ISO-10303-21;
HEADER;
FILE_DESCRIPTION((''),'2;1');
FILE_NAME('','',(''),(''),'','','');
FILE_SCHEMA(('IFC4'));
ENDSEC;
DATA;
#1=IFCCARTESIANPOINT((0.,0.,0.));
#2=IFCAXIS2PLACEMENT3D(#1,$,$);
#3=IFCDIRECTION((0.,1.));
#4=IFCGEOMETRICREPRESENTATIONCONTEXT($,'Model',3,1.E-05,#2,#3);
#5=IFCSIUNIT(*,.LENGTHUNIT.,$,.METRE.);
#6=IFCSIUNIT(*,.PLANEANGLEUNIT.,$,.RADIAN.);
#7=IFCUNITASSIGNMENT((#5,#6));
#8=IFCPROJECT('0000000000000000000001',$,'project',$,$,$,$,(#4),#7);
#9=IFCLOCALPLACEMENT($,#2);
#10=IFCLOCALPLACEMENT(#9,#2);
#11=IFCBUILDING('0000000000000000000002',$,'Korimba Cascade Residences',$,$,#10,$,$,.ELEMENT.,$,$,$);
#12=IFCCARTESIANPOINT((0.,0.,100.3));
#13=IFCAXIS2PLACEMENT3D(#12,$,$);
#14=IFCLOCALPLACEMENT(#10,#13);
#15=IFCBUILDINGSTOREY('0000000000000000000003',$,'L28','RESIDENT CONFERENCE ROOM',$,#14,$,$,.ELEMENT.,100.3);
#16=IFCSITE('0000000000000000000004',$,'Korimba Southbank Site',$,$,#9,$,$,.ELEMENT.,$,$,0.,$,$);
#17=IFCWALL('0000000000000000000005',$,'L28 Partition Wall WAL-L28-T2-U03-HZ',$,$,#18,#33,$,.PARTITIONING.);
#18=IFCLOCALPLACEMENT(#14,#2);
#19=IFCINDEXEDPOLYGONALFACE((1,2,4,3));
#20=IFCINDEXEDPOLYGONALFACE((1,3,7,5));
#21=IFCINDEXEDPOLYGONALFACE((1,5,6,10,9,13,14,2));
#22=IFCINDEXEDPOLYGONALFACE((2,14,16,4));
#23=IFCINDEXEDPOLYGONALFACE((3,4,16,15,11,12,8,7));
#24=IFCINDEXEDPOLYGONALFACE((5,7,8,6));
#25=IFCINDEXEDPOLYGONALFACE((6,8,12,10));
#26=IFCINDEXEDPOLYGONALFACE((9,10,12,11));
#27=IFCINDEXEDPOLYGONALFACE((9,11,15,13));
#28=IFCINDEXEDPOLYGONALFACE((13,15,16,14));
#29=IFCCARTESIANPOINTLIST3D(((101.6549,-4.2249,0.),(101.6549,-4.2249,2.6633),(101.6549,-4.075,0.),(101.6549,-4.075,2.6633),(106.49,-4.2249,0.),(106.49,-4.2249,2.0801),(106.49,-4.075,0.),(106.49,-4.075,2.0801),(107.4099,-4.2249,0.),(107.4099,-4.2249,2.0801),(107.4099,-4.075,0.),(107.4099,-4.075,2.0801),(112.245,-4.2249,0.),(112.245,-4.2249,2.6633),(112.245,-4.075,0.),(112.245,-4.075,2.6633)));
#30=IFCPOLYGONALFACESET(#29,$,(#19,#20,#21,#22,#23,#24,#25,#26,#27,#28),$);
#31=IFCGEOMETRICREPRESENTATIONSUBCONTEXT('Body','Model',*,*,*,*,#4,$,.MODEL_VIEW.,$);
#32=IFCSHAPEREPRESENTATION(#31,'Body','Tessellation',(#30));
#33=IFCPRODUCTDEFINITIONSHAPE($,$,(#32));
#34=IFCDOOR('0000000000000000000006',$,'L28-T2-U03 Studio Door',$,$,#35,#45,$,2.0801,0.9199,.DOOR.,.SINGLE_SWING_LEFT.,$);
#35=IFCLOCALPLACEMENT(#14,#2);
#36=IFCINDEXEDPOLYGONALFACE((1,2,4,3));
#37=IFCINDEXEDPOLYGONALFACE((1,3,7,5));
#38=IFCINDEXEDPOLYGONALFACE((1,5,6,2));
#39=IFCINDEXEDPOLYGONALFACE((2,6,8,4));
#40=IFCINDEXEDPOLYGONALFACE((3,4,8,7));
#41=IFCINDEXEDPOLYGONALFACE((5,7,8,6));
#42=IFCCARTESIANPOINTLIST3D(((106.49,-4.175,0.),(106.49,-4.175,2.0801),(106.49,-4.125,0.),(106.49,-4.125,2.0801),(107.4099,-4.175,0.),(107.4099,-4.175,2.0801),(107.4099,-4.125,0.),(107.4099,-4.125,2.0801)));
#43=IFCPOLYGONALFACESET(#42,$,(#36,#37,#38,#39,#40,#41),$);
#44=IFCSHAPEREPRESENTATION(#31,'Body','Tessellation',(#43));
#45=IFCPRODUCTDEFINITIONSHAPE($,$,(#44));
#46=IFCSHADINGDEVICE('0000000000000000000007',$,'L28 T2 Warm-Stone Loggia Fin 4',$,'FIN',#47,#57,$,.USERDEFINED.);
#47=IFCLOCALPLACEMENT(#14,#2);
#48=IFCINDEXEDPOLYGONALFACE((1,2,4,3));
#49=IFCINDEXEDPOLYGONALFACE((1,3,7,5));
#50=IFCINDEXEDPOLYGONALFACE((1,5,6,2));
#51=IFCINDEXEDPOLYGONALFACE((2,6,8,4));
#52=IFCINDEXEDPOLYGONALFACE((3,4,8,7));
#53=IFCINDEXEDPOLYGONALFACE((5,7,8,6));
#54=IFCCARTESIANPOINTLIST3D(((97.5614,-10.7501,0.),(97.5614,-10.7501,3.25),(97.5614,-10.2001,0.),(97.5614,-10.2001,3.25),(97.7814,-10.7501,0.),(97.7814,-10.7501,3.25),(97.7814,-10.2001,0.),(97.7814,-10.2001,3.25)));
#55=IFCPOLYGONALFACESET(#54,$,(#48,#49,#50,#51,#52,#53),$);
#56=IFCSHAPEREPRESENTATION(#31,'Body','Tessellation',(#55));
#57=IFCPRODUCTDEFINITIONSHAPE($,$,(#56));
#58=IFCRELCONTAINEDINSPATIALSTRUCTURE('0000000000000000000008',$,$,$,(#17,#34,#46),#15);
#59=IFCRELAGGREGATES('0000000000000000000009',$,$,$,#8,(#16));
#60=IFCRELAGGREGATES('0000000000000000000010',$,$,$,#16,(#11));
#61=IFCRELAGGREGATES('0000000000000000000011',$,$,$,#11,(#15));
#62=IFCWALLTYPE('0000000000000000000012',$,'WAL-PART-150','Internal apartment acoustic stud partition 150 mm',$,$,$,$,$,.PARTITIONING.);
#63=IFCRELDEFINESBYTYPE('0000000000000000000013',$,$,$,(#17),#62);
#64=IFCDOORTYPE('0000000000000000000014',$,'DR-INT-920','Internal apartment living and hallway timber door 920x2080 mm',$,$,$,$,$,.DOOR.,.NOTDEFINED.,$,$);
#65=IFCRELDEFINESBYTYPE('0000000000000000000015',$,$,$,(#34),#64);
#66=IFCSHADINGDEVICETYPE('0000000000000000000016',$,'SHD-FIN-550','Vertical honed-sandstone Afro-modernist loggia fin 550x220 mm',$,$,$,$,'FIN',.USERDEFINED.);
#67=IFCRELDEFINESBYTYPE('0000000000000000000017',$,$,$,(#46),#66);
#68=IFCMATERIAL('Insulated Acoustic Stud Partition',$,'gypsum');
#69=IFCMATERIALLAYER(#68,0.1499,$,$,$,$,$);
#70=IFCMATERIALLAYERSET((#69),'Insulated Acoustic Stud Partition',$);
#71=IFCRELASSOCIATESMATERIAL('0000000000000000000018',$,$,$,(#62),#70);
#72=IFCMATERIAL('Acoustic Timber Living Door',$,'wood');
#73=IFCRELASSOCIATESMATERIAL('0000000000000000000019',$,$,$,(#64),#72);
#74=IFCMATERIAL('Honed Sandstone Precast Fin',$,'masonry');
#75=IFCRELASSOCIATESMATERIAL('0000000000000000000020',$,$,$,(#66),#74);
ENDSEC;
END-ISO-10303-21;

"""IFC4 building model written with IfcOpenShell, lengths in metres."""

from ifc_helpers import new_model, si_unit, direction, frame, frame_2d, origin, origin_2d, place, context, subcontext, project, spatial, rectangle, extrude, material, layer, layer_set, type_object, element, fill, save


model = new_model("IFC4")

# Units and contexts
model_context = context("Model", 3, precision=1e-05, world=origin(), true_north=direction((0.0, 1.0)))
body_context = subcontext(model_context, "Body", "Model", "MODEL_VIEW")
ifc_project = project(units=[si_unit("LENGTHUNIT", "METRE"), si_unit("PLANEANGLEUNIT", "RADIAN")], contexts=[model_context])

# Site, building, storey
site_placement = place(None, origin())
site = spatial("IfcSite", under=ifc_project, at=site_placement, Name="Korimba Southbank Site", CompositionType="ELEMENT", RefElevation=0.0)
building_placement = place(site_placement, origin())
building = spatial("IfcBuilding", under=site, at=building_placement, Name="Korimba Cascade Residences", CompositionType="ELEMENT")
storey_placement = place(building_placement, frame((0.0, 0.0, 100.3)))
storey = spatial("IfcBuildingStorey", under=building, at=storey_placement, Name="L28", Description="RESIDENT CONFERENCE ROOM", CompositionType="ELEMENT", Elevation=100.3)

# Wall, opening, door
ifc_material_1 = material(Name="Insulated Acoustic Stud Partition", Category="gypsum")
ifc_layer_1 = layer(ifc_material_1, 0.1499)
ifc_layer_set_1 = layer_set([ifc_layer_1], Name="Insulated Acoustic Stud Partition")
wall_type_1 = type_object("IfcWallType", Name="WAL-PART-150", Description="Internal apartment acoustic stud partition 150 mm", PredefinedType="PARTITIONING", material=ifc_layer_set_1)
ifc_material_2 = material(Name="Acoustic Timber Living Door", Category="wood")
door_type_1 = type_object("IfcDoorType", Name="DR-INT-920", Description="Internal apartment living and hallway timber door 920x2080 mm", OperationType="NOTDEFINED", PredefinedType="DOOR", material=ifc_material_2)
wall_1_placement = place(storey_placement, frame((101.655, -4.1499, 0.0), z_axis=(0.0, 0.0, 1.0), x_axis=(1.0, 0.0, 0.0)))
wall_1 = element("IfcWall", 1, at=wall_1_placement, inside=storey, type_object=wall_type_1, Name="L28 Partition Wall WAL-L28-T2-U03-HZ", PredefinedType="PARTITIONING", context=body_context, shape_type="SweptSolid", body=[
    extrude(rectangle(XDim=10.5901, YDim=0.1499, at=frame_2d((5.2949, 0.0))), origin(), (0.0, 0.0, 1.0), 2.6633),
])
opening_1_placement = place(wall_1_placement, frame((4.835, 0.0, 0.0)))
opening_1 = element("IfcOpeningElement", 2, at=opening_1_placement, cuts=wall_1, PredefinedType="OPENING", context=body_context, shape_type="SweptSolid", body=[
    extrude(rectangle(XDim=0.9199, YDim=2.0801, at=frame_2d((0.46, 1.04))), frame((0.0, 0.085, 0.0), z_axis=(0.0, -1.0, 0.0), x_axis=(1.0, 0.0, 0.0)), (0.0, 0.0, 1.0), 0.1699),
])
door_1_placement = place(opening_1_placement, origin())
door_1 = element("IfcDoor", 3, at=door_1_placement, inside=storey, type_object=door_type_1, Name="L28-T2-U03 Studio Door", OperationType="SINGLE_SWING_LEFT", OverallHeight=2.0801, OverallWidth=0.9199, PredefinedType="DOOR", context=body_context, shape_type="SweptSolid", body=[
    extrude(rectangle(XDim=0.9199, YDim=2.0801, at=frame_2d((0.46, 1.04))), frame((0.0, 0.0249, 0.0), z_axis=(0.0, -1.0, 0.0), x_axis=(1.0, 0.0, 0.0)), (0.0, 0.0, 1.0), 0.05),
])
fill(opening_1, door_1)

# Shading device
ifc_material_3 = material(Name="Honed Sandstone Precast Fin", Category="masonry")
shading_device_type = type_object("IfcShadingDeviceType", Name="SHD-FIN-550", Description="Vertical honed-sandstone Afro-modernist loggia fin 550x220 mm", ElementType="FIN", PredefinedType="USERDEFINED", material=ifc_material_3)
shading_device_placement = place(storey_placement, frame((97.6714, -10.4751, 0.0), z_axis=(0.0, 0.0, 1.0), x_axis=(1.0, 0.0, 0.0)))
element("IfcShadingDevice", 4, at=shading_device_placement, inside=storey, type_object=shading_device_type, Name="L28 T2 Warm-Stone Loggia Fin 4", ObjectType="FIN", PredefinedType="USERDEFINED", context=body_context, shape_type="SweptSolid", body=[
    extrude(rectangle(XDim=0.22, YDim=0.55, at=origin_2d()), origin(), (0.0, 0.0, 1.0), 3.25),
])

save(model, "model.ifc")
